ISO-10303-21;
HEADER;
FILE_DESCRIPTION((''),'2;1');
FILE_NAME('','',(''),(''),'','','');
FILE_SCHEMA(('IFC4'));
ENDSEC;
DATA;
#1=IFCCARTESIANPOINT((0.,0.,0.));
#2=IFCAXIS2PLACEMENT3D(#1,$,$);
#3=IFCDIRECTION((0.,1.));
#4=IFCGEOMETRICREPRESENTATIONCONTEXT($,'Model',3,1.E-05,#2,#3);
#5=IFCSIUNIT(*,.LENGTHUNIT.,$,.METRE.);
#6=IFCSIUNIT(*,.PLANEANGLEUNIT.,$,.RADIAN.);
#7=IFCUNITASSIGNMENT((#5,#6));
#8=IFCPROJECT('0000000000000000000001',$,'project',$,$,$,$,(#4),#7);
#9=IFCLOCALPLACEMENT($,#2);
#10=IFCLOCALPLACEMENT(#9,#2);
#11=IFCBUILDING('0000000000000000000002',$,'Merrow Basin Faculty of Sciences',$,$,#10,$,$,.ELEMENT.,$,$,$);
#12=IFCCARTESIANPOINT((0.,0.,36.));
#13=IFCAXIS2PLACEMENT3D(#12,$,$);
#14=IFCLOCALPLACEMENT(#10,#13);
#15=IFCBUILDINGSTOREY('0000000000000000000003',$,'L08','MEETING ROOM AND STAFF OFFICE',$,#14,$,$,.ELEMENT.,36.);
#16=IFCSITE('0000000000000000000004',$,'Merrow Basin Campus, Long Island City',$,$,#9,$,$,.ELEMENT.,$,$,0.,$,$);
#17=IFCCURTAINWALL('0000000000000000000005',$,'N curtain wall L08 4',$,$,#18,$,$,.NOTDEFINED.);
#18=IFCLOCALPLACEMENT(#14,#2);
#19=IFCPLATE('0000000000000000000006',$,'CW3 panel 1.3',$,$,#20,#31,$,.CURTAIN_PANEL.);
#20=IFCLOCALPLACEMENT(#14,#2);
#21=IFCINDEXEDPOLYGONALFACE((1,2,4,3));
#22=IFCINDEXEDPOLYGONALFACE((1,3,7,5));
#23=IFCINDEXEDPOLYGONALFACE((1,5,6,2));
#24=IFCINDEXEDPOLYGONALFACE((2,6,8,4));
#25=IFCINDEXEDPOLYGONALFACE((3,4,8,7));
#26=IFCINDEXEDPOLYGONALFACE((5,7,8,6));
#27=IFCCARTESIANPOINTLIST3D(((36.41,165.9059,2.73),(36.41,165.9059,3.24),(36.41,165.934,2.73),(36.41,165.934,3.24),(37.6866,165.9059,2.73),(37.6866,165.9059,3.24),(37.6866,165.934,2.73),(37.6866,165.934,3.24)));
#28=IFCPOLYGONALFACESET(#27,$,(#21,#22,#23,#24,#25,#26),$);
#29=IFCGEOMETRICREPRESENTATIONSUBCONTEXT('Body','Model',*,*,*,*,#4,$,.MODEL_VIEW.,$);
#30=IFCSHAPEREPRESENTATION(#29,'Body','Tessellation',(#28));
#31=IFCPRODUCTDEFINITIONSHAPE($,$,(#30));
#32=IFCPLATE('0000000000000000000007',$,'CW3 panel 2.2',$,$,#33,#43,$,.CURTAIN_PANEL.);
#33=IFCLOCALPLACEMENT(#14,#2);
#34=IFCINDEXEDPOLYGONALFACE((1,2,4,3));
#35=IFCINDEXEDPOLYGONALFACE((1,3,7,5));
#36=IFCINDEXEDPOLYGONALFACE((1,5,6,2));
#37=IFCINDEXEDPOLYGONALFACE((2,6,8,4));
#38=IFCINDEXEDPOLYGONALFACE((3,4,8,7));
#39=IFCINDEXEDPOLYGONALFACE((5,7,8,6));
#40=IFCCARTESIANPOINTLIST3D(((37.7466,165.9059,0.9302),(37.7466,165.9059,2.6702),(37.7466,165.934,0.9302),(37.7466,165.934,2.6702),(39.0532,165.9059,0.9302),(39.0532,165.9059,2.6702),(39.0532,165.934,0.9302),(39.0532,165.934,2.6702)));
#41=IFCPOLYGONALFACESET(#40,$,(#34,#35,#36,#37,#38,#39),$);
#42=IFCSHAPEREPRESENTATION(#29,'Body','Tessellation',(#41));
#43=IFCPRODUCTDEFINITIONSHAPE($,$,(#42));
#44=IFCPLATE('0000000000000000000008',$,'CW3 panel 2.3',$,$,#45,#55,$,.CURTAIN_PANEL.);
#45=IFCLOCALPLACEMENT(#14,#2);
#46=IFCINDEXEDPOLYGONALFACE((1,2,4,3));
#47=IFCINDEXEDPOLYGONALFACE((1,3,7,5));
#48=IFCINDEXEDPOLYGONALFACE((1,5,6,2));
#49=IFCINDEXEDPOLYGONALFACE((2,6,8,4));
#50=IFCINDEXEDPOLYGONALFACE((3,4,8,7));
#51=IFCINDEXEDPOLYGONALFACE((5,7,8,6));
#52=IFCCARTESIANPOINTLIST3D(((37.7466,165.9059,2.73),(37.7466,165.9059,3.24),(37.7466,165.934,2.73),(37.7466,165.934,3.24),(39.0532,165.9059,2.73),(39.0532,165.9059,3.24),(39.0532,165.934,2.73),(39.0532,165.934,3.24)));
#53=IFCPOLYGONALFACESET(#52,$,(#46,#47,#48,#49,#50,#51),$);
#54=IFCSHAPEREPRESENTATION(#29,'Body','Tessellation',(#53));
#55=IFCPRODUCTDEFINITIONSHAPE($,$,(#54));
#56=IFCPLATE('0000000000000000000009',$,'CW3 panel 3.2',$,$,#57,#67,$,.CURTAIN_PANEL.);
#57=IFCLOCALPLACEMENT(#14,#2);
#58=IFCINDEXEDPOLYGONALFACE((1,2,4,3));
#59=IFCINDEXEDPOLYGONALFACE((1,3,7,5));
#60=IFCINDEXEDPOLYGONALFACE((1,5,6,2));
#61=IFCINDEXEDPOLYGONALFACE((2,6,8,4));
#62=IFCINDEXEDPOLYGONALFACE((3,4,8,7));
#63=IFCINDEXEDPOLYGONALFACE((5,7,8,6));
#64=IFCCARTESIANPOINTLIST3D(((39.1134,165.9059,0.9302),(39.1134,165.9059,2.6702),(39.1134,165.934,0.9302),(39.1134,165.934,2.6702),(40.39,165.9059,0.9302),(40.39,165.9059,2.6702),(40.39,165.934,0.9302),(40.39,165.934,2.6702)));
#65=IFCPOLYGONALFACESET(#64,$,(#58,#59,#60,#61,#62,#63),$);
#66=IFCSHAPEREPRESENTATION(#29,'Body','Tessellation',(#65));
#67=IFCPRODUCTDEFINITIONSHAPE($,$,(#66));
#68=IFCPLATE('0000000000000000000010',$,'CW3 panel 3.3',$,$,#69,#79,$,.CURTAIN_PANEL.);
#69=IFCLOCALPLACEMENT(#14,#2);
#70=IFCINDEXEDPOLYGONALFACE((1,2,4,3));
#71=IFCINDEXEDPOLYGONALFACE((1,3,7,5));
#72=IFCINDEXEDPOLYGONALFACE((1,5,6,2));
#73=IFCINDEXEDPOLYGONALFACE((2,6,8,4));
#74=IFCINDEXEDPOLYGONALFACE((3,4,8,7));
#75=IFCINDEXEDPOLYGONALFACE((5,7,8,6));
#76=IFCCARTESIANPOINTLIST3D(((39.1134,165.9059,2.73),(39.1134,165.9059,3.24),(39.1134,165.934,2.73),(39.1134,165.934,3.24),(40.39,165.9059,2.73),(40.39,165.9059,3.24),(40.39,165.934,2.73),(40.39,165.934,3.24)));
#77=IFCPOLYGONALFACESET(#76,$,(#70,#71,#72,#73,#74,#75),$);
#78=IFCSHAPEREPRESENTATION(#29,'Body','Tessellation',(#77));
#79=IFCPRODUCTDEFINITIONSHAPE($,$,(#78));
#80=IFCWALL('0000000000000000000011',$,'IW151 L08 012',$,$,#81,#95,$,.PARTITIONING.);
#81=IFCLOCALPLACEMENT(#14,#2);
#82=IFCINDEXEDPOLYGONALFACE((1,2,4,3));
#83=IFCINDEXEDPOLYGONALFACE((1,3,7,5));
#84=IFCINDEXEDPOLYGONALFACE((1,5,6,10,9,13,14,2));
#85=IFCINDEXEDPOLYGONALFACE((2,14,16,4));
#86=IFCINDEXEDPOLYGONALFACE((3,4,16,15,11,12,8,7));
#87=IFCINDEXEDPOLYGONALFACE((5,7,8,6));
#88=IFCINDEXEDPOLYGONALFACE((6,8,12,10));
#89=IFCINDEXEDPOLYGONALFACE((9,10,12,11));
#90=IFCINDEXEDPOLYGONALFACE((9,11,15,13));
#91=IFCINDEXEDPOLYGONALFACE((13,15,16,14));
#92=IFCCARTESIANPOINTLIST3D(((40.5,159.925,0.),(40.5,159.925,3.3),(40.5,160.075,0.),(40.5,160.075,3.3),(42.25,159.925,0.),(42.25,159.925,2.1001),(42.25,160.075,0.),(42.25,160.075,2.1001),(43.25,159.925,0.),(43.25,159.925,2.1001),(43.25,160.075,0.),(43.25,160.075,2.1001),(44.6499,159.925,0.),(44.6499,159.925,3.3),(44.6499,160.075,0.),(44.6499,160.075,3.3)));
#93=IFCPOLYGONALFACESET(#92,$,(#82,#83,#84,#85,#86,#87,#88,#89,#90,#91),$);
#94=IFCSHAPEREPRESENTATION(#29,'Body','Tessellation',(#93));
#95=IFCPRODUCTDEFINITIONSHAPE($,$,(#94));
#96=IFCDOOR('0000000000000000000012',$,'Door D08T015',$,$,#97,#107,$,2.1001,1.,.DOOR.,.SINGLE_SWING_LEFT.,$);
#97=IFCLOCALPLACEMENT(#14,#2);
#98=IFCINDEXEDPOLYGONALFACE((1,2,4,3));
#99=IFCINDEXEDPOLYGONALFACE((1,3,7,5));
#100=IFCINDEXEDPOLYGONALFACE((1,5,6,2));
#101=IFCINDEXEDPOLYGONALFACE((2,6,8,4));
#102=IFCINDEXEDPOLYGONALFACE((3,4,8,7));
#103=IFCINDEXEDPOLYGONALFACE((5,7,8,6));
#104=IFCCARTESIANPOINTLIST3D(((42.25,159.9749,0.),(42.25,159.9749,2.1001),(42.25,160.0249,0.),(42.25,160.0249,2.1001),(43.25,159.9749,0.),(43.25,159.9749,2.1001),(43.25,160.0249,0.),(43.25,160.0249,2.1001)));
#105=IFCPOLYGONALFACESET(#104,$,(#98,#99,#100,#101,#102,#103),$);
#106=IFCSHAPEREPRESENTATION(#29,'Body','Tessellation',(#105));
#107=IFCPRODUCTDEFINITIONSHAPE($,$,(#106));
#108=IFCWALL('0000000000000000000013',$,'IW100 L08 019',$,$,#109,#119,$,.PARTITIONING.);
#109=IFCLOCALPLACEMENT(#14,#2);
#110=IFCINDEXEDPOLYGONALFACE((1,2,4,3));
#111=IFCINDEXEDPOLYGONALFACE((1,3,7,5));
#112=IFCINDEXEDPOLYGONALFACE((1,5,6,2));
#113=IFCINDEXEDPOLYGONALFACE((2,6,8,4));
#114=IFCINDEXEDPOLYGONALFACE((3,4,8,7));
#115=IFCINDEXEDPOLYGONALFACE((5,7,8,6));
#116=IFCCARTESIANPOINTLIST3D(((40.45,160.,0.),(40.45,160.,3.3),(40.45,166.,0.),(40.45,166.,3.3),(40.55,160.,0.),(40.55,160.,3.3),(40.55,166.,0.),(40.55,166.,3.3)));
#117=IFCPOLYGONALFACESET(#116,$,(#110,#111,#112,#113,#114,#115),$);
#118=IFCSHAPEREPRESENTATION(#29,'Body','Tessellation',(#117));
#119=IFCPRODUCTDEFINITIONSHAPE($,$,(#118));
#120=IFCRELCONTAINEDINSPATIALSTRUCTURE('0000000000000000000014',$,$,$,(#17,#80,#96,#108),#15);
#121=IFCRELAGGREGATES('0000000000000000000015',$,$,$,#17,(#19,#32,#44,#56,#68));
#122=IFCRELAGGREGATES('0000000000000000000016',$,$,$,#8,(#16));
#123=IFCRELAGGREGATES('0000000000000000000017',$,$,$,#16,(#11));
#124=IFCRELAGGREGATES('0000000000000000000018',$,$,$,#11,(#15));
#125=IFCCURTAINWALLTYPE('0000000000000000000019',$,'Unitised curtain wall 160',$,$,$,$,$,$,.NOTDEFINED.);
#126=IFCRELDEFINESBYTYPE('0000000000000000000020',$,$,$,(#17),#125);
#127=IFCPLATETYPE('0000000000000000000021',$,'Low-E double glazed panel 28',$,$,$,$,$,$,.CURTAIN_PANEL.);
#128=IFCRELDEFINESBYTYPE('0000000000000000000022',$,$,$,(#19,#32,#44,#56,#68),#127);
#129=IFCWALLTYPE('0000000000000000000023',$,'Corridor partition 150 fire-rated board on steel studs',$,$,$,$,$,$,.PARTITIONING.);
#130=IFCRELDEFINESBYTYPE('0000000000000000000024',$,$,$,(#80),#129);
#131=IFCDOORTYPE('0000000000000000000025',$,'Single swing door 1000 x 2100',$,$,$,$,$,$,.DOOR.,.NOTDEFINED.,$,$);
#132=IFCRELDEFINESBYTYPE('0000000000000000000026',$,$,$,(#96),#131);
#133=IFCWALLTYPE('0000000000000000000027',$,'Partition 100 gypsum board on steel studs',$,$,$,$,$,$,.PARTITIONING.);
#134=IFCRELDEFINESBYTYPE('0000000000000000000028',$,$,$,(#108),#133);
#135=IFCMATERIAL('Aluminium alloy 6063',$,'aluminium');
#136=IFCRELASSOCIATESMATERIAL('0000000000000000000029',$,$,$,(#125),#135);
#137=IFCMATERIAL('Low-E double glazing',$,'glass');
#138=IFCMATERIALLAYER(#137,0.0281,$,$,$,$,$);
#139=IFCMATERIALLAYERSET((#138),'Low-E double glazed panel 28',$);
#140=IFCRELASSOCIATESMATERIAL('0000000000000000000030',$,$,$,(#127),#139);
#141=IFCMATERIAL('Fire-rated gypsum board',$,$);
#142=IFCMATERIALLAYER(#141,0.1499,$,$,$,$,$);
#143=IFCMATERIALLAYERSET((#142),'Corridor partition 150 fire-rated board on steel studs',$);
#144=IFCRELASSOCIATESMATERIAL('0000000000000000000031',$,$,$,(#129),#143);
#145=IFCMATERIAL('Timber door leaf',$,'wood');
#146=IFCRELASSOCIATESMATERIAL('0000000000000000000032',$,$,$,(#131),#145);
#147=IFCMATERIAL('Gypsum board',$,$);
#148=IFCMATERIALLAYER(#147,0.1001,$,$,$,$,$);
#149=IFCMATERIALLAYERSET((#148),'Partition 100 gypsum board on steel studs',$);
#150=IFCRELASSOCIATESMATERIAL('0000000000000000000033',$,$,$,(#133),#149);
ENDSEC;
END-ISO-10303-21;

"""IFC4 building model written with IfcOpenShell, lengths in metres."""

from ifc_helpers import new_model, si_unit, direction, frame, frame_2d, origin, origin_2d, place, context, subcontext, project, spatial, rectangle, extrude, material, layer, layer_set, type_object, element, fill, aggregate, save


model = new_model("IFC4")

# Units and contexts
model_context = context("Model", 3, precision=1e-05, world=origin(), true_north=direction((0.0, 1.0)))
body_context = subcontext(model_context, "Body", "Model", "MODEL_VIEW")
ifc_project = project(units=[si_unit("LENGTHUNIT", "METRE"), si_unit("PLANEANGLEUNIT", "RADIAN")], contexts=[model_context])

# Site, building, storey
site_placement = place(None, origin())
site = spatial("IfcSite", under=ifc_project, at=site_placement, Name="Merrow Basin Campus, Long Island City", CompositionType="ELEMENT", RefElevation=0.0)
building_placement = place(site_placement, origin())
building = spatial("IfcBuilding", under=site, at=building_placement, Name="Merrow Basin Faculty of Sciences", CompositionType="ELEMENT")
storey_placement = place(building_placement, frame((0.0, 0.0, 36.0)))
storey = spatial("IfcBuildingStorey", under=building, at=storey_placement, Name="L08", Description="MEETING ROOM AND STAFF OFFICE", CompositionType="ELEMENT", Elevation=36.0)

# Curtain wall
ifc_material_1 = material(Name="Aluminium alloy 6063", Category="aluminium")
curtain_wall_type = type_object("IfcCurtainWallType", Name="Unitised curtain wall 160", PredefinedType="NOTDEFINED", material=ifc_material_1)
curtain_wall_1_placement = place(storey_placement, origin())
curtain_wall_1 = element("IfcCurtainWall", 1, at=curtain_wall_1_placement, inside=storey, type_object=curtain_wall_type, Name="N curtain wall L08 4", PredefinedType="NOTDEFINED")

# Plates
ifc_material_2 = material(Name="Low-E double glazing", Category="glass")
ifc_layer_1 = layer(ifc_material_2, 0.0281)
ifc_layer_set_1 = layer_set([ifc_layer_1], Name="Low-E double glazed panel 28")
plate_type_1 = type_object("IfcPlateType", Name="Low-E double glazed panel 28", PredefinedType="CURTAIN_PANEL", material=ifc_layer_set_1)
plate_1_placement = place(storey_placement, frame((37.0483, 165.9199, 2.73), z_axis=(0.0, 0.0, 1.0), x_axis=(1.0, 0.0, 0.0)))
plate_1 = element("IfcPlate", 2, at=plate_1_placement, type_object=plate_type_1, Name="CW3 panel 1.3", PredefinedType="CURTAIN_PANEL", context=body_context, shape_type="SweptSolid", body=[
    extrude(rectangle(XDim=1.2766, YDim=0.0281, at=origin_2d()), origin(), (0.0, 0.0, 1.0), 0.51),
])
plate_2_placement = place(storey_placement, frame((38.3999, 165.9199, 0.9302), z_axis=(0.0, 0.0, 1.0), x_axis=(1.0, 0.0, 0.0)))
plate_2 = element("IfcPlate", 3, at=plate_2_placement, type_object=plate_type_1, Name="CW3 panel 2.2", PredefinedType="CURTAIN_PANEL", context=body_context, shape_type="SweptSolid", body=[
    extrude(rectangle(XDim=1.3066, YDim=0.0281, at=origin_2d()), origin(), (0.0, 0.0, 1.0), 1.74),
])
plate_3_placement = place(storey_placement, frame((38.3999, 165.9199, 2.73), z_axis=(0.0, 0.0, 1.0), x_axis=(1.0, 0.0, 0.0)))
plate_3 = element("IfcPlate", 4, at=plate_3_placement, type_object=plate_type_1, Name="CW3 panel 2.3", PredefinedType="CURTAIN_PANEL", context=body_context, shape_type="SweptSolid", body=[
    extrude(rectangle(XDim=1.3066, YDim=0.0281, at=origin_2d()), origin(), (0.0, 0.0, 1.0), 0.51),
])
plate_4_placement = place(storey_placement, frame((39.7517, 165.9199, 0.9302), z_axis=(0.0, 0.0, 1.0), x_axis=(1.0, 0.0, 0.0)))
plate_4 = element("IfcPlate", 5, at=plate_4_placement, type_object=plate_type_1, Name="CW3 panel 3.2", PredefinedType="CURTAIN_PANEL", context=body_context, shape_type="SweptSolid", body=[
    extrude(rectangle(XDim=1.2766, YDim=0.0281, at=origin_2d()), origin(), (0.0, 0.0, 1.0), 1.74),
])
plate_5_placement = place(storey_placement, frame((39.7517, 165.9199, 2.73), z_axis=(0.0, 0.0, 1.0), x_axis=(1.0, 0.0, 0.0)))
plate_5 = element("IfcPlate", 6, at=plate_5_placement, type_object=plate_type_1, Name="CW3 panel 3.3", PredefinedType="CURTAIN_PANEL", context=body_context, shape_type="SweptSolid", body=[
    extrude(rectangle(XDim=1.2766, YDim=0.0281, at=origin_2d()), origin(), (0.0, 0.0, 1.0), 0.51),
])
aggregate(curtain_wall_1, [plate_1, plate_2, plate_3, plate_4, plate_5])

# Wall, opening, door
ifc_material_3 = material(Name="Fire-rated gypsum board")
ifc_layer_2 = layer(ifc_material_3, 0.1499)
ifc_layer_set_2 = layer_set([ifc_layer_2], Name="Corridor partition 150 fire-rated board on steel studs")
wall_type_1 = type_object("IfcWallType", Name="Corridor partition 150 fire-rated board on steel studs", PredefinedType="PARTITIONING", material=ifc_layer_set_2)
wall_1_placement = place(storey_placement, frame((40.5, 160.0, 0.0), z_axis=(0.0, 0.0, 1.0), x_axis=(1.0, 0.0, 0.0)))
wall_1 = element("IfcWall", 7, at=wall_1_placement, inside=storey, type_object=wall_type_1, Name="IW151 L08 012", PredefinedType="PARTITIONING", context=body_context, shape_type="SweptSolid", body=[
    extrude(rectangle(XDim=4.1499, YDim=0.1499, at=frame_2d((2.075, 0.0))), origin(), (0.0, 0.0, 1.0), 3.3),
])
opening_placement = place(wall_1_placement, frame((1.75, 0.0, 0.0)))
opening = element("IfcOpeningElement", 8, at=opening_placement, cuts=wall_1, PredefinedType="OPENING", context=body_context, shape_type="SweptSolid", body=[
    extrude(rectangle(XDim=1.0, YDim=2.1001, at=frame_2d((0.5, 1.05))), frame((0.0, 0.085, 0.0), z_axis=(0.0, -1.0, 0.0), x_axis=(1.0, 0.0, 0.0)), (0.0, 0.0, 1.0), 0.1699),
])
ifc_material_4 = material(Name="Timber door leaf", Category="wood")
door_type = type_object("IfcDoorType", Name="Single swing door 1000 x 2100", OperationType="NOTDEFINED", PredefinedType="DOOR", material=ifc_material_4)
door_placement = place(opening_placement, origin())
door = element("IfcDoor", 9, at=door_placement, inside=storey, type_object=door_type, Name="Door D08T015", OperationType="SINGLE_SWING_LEFT", OverallHeight=2.1001, OverallWidth=1.0, PredefinedType="DOOR", context=body_context, shape_type="SweptSolid", body=[
    extrude(rectangle(XDim=1.0, YDim=2.1001, at=frame_2d((0.5, 1.05))), frame((0.0, 0.0249, 0.0), z_axis=(0.0, -1.0, 0.0), x_axis=(1.0, 0.0, 0.0)), (0.0, 0.0, 1.0), 0.05),
])
fill(opening, door)

# Wall
ifc_material_5 = material(Name="Gypsum board")
ifc_layer_3 = layer(ifc_material_5, 0.1001)
ifc_layer_set_3 = layer_set([ifc_layer_3], Name="Partition 100 gypsum board on steel studs")
wall_type_2 = type_object("IfcWallType", Name="Partition 100 gypsum board on steel studs", PredefinedType="PARTITIONING", material=ifc_layer_set_3)
wall_2_placement = place(storey_placement, frame((40.5, 160.0, 0.0), z_axis=(0.0, 0.0, 1.0), x_axis=(0.0, 1.0, 0.0)))
element("IfcWall", 10, at=wall_2_placement, inside=storey, type_object=wall_type_2, Name="IW100 L08 019", PredefinedType="PARTITIONING", context=body_context, shape_type="SweptSolid", body=[
    extrude(rectangle(XDim=6.0, YDim=0.1001, at=frame_2d((3.0, 0.0))), origin(), (0.0, 0.0, 1.0), 3.3),
])

save(model, "model.ifc")
